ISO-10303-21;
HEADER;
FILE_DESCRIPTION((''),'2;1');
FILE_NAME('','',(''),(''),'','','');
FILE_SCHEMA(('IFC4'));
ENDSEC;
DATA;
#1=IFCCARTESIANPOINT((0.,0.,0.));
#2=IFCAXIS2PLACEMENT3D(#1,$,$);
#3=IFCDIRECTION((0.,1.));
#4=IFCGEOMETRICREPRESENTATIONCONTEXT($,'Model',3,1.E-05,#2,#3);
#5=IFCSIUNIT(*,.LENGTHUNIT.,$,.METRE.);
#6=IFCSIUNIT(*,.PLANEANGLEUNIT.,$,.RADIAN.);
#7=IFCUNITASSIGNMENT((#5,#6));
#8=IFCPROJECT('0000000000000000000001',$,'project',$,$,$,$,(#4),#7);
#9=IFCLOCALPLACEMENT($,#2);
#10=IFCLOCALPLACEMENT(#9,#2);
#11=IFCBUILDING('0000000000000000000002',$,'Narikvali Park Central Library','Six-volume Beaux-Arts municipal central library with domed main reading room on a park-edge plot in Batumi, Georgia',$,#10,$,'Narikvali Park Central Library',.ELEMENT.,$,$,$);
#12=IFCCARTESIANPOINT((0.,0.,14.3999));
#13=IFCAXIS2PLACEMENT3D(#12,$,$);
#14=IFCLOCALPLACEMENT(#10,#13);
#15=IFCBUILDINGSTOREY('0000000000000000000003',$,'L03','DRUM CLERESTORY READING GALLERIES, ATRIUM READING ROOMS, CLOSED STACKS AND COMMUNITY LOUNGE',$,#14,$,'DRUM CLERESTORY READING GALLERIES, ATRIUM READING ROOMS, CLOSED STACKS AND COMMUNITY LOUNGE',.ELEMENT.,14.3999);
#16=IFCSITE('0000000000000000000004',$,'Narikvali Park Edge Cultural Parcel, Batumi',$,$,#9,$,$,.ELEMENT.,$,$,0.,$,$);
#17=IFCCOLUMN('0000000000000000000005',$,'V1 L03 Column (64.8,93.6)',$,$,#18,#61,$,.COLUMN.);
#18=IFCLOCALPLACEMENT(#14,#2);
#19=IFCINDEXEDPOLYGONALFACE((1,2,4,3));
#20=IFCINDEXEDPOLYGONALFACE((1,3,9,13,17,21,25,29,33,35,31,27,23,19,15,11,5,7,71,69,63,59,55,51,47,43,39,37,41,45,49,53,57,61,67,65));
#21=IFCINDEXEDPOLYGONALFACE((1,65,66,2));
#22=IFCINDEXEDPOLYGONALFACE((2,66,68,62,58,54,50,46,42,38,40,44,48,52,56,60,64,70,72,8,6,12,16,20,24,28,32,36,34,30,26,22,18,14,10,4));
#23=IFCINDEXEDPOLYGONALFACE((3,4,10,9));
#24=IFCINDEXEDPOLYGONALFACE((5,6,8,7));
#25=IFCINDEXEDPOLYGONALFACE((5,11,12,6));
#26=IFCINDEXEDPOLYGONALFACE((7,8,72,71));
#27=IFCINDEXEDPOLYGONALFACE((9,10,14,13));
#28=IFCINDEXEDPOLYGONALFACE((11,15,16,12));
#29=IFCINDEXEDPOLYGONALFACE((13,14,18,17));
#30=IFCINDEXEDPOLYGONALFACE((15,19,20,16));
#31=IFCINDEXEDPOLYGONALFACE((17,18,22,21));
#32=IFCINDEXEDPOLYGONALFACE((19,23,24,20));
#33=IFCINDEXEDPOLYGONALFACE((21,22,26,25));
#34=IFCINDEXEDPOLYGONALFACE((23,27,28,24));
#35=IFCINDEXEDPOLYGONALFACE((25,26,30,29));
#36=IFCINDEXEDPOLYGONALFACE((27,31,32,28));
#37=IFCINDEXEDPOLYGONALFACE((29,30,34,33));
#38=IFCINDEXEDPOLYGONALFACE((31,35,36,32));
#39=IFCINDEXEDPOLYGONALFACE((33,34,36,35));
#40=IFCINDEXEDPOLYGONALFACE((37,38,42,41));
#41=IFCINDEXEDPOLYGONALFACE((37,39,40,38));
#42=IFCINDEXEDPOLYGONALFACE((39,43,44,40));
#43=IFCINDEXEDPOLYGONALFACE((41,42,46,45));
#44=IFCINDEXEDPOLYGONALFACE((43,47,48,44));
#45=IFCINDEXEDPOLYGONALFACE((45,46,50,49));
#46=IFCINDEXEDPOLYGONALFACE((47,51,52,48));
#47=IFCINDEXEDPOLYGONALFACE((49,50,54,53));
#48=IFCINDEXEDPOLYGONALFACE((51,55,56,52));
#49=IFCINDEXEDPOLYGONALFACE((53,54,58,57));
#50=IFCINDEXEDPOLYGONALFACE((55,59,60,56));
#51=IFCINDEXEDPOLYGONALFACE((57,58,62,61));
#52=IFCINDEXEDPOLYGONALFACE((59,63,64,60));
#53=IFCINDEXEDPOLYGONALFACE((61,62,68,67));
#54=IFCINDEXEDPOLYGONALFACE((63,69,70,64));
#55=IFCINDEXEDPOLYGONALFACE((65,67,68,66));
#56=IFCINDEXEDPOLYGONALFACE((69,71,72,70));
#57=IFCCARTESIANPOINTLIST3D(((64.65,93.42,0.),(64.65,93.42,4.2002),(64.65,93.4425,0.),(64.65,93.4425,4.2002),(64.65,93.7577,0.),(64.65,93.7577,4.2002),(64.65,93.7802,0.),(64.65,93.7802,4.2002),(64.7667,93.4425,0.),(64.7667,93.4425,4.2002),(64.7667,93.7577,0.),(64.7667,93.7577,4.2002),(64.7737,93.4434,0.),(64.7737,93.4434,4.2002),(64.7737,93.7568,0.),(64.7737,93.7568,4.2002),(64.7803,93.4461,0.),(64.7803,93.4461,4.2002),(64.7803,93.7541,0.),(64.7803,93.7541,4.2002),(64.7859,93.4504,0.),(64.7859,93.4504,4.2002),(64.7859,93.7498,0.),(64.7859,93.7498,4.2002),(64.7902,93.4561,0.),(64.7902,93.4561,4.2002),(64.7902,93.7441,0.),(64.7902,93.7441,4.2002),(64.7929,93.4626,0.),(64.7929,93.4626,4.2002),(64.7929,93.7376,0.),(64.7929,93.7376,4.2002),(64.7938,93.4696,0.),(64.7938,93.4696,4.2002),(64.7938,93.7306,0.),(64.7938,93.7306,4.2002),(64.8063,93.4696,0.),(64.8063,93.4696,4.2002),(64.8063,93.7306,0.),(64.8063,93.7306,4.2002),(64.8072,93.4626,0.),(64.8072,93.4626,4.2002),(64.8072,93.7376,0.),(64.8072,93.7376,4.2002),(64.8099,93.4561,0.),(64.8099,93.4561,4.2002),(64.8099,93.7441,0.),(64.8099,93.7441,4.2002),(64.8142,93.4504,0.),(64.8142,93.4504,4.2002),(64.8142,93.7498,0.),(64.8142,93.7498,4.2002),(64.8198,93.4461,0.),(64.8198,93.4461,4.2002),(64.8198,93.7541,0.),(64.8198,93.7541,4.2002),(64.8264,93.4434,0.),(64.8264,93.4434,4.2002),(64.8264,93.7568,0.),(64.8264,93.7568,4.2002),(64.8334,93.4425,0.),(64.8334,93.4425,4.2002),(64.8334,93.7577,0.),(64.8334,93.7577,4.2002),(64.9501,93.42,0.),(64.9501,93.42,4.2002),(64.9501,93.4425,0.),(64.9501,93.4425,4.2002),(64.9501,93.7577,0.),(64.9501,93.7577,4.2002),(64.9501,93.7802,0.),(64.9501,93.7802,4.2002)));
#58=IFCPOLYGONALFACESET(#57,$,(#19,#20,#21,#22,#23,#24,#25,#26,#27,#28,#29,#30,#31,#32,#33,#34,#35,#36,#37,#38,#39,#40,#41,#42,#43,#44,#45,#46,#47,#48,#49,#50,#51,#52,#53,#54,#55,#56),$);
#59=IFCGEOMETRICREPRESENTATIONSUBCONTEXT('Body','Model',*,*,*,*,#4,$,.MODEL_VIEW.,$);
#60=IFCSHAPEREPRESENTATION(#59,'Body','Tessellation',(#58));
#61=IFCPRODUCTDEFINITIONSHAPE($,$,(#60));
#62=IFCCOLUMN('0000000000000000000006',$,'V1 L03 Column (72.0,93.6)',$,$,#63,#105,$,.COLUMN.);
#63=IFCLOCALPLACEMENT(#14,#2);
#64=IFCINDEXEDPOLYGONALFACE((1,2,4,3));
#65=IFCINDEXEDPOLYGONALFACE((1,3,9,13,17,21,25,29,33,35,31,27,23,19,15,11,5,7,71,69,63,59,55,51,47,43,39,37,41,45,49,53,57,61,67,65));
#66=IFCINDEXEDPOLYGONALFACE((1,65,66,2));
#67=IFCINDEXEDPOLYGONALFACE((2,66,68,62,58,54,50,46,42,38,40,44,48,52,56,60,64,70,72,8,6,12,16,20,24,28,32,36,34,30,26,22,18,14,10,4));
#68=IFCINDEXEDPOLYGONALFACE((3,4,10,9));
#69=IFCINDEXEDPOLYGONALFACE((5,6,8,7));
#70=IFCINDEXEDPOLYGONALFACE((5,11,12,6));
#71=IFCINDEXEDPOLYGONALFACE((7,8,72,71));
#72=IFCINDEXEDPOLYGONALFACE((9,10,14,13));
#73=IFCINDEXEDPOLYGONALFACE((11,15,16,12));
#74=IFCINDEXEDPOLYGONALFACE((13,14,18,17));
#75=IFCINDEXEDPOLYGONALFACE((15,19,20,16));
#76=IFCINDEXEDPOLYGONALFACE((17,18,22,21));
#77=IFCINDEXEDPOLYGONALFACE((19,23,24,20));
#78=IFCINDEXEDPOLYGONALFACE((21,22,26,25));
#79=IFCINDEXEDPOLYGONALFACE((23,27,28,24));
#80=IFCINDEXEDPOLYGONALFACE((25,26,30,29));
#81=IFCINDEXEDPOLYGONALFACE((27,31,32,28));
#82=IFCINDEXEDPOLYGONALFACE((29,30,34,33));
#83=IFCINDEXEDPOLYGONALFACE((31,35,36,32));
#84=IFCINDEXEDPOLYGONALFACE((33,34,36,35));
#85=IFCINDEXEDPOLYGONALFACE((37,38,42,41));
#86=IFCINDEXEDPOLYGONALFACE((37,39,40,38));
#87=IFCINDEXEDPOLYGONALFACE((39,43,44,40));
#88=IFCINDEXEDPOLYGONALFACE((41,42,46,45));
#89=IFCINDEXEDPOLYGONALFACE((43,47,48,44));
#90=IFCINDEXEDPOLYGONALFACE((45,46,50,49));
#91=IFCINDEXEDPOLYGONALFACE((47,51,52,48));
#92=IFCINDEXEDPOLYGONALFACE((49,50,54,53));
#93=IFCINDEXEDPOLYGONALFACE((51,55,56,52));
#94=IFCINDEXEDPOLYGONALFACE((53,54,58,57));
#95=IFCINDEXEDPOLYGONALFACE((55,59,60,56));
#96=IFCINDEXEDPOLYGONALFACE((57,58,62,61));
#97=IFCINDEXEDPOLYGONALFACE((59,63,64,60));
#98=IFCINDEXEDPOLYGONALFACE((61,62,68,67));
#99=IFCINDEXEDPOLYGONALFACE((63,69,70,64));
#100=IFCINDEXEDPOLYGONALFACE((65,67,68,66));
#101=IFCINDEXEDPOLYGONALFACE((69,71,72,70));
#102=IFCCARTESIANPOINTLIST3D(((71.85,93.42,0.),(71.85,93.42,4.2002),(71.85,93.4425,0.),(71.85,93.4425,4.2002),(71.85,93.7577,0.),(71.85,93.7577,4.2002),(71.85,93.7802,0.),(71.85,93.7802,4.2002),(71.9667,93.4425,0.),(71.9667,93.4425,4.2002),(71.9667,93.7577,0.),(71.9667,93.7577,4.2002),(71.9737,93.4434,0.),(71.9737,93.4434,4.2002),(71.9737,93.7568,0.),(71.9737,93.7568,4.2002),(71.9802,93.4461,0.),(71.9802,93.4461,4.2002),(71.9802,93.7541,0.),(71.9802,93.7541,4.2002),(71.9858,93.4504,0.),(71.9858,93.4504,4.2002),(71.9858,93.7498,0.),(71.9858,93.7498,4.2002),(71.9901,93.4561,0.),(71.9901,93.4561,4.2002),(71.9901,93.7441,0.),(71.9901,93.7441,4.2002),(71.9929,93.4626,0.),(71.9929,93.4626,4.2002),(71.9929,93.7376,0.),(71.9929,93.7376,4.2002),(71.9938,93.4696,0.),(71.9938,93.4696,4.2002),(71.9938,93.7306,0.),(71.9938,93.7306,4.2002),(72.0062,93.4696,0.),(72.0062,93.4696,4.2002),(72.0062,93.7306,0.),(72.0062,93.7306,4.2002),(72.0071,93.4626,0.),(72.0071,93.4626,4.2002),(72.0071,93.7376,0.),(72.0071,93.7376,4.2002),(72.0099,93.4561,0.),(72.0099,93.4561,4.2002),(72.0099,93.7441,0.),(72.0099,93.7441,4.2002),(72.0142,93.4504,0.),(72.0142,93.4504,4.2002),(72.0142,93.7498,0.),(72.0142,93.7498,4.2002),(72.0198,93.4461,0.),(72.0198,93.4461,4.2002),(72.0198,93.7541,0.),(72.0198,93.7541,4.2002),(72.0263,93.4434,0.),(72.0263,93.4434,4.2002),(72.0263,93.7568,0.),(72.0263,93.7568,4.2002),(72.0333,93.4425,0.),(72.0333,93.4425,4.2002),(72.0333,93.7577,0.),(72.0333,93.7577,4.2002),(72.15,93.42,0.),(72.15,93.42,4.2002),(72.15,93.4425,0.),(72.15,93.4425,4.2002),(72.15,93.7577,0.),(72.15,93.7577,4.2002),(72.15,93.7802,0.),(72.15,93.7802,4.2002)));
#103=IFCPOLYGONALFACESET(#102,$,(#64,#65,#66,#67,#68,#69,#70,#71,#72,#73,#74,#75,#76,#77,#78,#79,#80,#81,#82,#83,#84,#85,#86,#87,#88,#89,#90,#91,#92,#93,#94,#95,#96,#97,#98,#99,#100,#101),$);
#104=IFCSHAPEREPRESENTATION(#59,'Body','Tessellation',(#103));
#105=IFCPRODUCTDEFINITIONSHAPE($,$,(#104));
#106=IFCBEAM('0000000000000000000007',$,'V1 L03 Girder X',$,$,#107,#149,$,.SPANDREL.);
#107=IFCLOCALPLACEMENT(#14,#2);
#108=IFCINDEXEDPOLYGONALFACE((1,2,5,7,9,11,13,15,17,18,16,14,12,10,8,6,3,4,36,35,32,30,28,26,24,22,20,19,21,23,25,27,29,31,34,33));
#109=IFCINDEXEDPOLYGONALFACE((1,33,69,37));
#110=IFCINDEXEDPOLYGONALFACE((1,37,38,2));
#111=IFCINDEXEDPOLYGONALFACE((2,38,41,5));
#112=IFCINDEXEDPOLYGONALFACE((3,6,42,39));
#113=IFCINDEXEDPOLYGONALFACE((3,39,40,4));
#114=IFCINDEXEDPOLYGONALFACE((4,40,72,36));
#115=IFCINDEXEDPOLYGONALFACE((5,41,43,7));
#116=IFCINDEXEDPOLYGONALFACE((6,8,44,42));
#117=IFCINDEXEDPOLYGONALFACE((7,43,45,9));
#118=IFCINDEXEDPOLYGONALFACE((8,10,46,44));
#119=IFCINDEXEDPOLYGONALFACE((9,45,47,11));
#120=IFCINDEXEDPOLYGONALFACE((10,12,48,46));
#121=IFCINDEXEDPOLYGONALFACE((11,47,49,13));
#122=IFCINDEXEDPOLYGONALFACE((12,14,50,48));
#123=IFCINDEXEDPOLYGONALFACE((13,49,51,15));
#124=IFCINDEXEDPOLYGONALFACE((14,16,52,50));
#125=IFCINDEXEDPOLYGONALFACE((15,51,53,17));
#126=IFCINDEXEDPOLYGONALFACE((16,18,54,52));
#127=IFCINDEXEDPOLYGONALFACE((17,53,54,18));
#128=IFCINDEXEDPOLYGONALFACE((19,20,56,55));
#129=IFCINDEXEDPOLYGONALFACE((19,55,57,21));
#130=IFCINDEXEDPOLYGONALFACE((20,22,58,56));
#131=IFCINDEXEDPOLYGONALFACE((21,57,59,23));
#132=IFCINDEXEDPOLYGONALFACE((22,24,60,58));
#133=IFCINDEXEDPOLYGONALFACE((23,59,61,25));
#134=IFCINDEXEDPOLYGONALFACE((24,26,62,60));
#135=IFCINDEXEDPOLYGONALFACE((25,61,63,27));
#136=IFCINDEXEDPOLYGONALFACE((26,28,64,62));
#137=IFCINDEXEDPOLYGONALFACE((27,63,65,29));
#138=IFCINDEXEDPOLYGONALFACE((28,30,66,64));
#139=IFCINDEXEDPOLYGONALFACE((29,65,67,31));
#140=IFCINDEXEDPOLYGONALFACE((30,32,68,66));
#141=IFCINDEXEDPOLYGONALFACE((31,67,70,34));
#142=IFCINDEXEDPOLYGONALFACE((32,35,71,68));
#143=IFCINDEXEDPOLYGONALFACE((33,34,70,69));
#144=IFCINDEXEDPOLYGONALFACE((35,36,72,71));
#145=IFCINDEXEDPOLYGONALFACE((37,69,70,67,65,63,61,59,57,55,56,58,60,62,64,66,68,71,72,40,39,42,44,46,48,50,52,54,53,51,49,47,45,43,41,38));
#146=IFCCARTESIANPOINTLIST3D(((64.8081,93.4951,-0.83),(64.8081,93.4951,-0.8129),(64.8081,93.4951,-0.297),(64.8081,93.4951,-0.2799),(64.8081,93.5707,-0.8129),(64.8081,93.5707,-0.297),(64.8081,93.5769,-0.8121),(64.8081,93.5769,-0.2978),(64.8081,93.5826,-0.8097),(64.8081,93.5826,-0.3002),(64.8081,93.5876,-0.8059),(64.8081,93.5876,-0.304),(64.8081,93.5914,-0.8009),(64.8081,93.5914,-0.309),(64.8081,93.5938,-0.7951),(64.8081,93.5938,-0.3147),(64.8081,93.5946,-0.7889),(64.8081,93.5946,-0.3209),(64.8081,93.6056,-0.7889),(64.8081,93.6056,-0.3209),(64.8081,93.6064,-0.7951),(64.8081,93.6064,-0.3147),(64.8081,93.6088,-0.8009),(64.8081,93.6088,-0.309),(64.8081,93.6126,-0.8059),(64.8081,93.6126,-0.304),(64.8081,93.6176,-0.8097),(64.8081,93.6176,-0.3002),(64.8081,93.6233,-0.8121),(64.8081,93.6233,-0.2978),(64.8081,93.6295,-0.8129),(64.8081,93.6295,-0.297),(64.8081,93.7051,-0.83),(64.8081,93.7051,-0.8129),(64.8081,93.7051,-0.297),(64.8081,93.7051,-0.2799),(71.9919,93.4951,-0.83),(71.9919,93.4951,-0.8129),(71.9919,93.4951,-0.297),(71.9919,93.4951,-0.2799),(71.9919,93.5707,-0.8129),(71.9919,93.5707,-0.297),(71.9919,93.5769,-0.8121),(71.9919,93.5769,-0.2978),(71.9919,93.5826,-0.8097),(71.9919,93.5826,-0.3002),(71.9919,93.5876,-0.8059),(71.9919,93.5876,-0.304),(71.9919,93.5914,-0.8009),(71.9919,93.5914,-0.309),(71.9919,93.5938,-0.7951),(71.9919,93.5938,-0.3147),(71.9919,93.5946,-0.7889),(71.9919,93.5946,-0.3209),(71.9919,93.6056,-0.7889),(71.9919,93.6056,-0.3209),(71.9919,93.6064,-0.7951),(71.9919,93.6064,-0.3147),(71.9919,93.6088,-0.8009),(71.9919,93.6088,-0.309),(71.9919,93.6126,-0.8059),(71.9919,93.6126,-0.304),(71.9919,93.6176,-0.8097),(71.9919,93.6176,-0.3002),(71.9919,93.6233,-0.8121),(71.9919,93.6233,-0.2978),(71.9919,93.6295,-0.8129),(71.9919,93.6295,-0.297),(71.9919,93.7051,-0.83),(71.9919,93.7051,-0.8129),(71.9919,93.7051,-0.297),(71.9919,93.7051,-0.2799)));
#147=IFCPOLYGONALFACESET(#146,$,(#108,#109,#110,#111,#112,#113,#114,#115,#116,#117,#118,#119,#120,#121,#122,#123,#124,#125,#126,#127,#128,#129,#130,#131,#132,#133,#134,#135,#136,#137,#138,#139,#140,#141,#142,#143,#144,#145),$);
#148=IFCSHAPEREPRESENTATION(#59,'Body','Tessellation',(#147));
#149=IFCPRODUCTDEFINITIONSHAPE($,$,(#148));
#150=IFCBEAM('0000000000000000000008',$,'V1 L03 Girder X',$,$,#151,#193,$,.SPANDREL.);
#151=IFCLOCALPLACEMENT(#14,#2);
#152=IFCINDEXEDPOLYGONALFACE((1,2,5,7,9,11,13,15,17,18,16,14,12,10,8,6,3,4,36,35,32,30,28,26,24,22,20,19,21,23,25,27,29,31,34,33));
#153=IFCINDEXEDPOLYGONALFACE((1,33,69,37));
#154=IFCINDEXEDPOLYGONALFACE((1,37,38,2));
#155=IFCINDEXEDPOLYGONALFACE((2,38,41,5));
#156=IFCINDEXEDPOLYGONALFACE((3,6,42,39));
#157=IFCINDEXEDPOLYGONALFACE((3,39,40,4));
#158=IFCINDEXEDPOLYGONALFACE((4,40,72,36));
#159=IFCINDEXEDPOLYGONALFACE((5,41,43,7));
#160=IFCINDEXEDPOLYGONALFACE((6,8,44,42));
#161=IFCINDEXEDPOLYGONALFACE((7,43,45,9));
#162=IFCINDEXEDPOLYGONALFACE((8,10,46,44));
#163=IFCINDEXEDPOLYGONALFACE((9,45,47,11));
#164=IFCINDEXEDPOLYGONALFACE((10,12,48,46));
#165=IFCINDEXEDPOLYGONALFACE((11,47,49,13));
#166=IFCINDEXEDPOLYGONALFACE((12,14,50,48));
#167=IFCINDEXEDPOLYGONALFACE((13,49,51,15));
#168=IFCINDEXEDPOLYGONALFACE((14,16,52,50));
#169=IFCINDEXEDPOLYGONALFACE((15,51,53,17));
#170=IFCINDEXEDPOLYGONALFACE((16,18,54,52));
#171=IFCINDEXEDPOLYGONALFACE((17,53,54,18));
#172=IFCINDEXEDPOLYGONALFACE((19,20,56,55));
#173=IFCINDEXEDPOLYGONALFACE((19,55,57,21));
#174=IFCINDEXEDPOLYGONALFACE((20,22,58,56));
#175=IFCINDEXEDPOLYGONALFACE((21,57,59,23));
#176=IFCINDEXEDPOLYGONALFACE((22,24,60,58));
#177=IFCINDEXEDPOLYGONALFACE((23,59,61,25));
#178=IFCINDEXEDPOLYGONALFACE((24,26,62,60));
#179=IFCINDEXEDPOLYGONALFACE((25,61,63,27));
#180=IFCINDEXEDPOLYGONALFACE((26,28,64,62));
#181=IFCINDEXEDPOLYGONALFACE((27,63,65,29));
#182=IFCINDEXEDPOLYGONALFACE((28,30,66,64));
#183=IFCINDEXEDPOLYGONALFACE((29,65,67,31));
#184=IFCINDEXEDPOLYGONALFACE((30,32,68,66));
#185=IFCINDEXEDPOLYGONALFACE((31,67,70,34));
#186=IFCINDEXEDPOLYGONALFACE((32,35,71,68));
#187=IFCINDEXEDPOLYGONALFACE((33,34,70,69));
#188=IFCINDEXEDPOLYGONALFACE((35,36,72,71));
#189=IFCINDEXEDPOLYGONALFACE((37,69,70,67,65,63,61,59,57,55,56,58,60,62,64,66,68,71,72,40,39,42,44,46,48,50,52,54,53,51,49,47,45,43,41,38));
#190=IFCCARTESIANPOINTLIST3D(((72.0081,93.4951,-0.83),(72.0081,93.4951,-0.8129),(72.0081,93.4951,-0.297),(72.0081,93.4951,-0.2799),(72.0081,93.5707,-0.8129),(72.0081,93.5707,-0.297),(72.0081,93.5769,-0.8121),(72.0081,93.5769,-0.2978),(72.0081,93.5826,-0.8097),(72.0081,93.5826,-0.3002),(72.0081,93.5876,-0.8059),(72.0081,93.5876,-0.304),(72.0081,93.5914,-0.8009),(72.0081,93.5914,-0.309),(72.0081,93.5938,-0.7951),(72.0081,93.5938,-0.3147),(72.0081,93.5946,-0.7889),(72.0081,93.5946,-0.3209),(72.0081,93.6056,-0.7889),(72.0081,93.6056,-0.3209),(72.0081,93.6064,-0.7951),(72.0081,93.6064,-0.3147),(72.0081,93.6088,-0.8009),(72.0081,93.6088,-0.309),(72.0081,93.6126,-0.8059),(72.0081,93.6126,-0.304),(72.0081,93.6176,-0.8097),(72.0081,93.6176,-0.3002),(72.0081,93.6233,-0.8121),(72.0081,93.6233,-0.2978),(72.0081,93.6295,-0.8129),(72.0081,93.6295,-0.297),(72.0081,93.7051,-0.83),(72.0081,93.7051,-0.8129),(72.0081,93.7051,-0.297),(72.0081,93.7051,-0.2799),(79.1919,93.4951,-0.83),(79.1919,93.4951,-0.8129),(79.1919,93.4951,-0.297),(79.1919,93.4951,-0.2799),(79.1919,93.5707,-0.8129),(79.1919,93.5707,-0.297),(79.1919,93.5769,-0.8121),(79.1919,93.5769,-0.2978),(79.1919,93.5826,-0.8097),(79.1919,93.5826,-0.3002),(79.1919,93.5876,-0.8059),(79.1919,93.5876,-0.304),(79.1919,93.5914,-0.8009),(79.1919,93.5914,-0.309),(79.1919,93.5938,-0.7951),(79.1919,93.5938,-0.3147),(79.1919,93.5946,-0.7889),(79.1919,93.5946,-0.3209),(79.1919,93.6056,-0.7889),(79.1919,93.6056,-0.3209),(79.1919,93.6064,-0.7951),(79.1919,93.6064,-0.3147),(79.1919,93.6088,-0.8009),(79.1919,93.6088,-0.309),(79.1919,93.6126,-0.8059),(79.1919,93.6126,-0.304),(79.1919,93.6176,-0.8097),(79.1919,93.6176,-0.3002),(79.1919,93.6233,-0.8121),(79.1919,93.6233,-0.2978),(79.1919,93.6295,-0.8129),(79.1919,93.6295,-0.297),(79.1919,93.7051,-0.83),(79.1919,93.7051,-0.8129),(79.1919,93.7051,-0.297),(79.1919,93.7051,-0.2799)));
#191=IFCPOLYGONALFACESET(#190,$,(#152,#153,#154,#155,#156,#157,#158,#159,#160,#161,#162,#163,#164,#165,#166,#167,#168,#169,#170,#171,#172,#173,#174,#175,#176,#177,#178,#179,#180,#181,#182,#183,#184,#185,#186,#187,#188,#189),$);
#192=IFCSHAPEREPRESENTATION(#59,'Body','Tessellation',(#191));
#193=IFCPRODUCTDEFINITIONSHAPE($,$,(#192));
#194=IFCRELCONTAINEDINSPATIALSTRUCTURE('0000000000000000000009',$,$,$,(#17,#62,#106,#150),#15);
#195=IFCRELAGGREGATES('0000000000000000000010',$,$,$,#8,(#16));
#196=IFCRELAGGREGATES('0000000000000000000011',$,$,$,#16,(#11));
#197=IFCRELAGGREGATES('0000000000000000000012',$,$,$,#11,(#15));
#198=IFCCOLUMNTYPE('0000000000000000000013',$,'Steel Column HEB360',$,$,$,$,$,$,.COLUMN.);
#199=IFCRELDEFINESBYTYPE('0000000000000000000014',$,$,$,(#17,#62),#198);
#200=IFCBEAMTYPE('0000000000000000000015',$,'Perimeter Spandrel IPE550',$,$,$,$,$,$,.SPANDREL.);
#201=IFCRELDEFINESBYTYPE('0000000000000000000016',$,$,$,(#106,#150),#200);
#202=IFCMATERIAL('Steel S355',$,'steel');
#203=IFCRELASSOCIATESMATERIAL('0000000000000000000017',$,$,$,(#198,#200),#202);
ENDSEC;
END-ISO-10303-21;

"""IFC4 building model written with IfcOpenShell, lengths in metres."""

from ifc_helpers import new_model, si_unit, direction, frame, origin, origin_2d, place, context, subcontext, project, spatial, i_section, extrude, material, material_profile, profile_set, type_object, element, save


model = new_model("IFC4")

# Units and contexts
model_context = context("Model", 3, precision=1e-05, world=origin(), true_north=direction((0.0, 1.0)))
body_context = subcontext(model_context, "Body", "Model", "MODEL_VIEW")
ifc_project = project(units=[si_unit("LENGTHUNIT", "METRE"), si_unit("PLANEANGLEUNIT", "RADIAN")], contexts=[model_context])

# Site, building, storey
site_placement = place(None, origin())
site = spatial("IfcSite", under=ifc_project, at=site_placement, Name="Narikvali Park Edge Cultural Parcel, Batumi", CompositionType="ELEMENT", RefElevation=0.0)
building_placement = place(site_placement, origin())
building = spatial("IfcBuilding", under=site, at=building_placement, Name="Narikvali Park Central Library", Description="Six-volume Beaux-Arts municipal central library with domed main reading room on a park-edge plot in Batumi, Georgia", LongName="Narikvali Park Central Library", CompositionType="ELEMENT")
storey_placement = place(building_placement, frame((0.0, 0.0, 14.3999)))
storey = spatial("IfcBuildingStorey", under=building, at=storey_placement, Name="L03", Description="DRUM CLERESTORY READING GALLERIES, ATRIUM READING ROOMS, CLOSED STACKS AND COMMUNITY LOUNGE", LongName="DRUM CLERESTORY READING GALLERIES, ATRIUM READING ROOMS, CLOSED STACKS AND COMMUNITY LOUNGE", CompositionType="ELEMENT", Elevation=14.3999)

# Columns
ifc_material_1 = material(Name="Steel S355", Category="steel")
ifc_material_profile_1 = material_profile(ifc_material_1, i_section(OverallWidth=0.3, OverallDepth=0.3601, WebThickness=0.0125, FlangeThickness=0.0225, FilletRadius=0.0271, at=origin_2d()), Name="HEB 360")
ifc_profile_set_1 = profile_set([ifc_material_profile_1], Name="Steel S355")
column_type = type_object("IfcColumnType", Name="Steel Column HEB360", PredefinedType="COLUMN", material=ifc_profile_set_1)
for number, where, z_axis, x_axis, name in (
    (1, (64.8, 93.6001, 0.0), (0.0, 0.0, 1.0), (1.0, 0.0, 0.0), "V1 L03 Column (64.8,93.6)"),
    (2, (72.0, 93.6001, 0.0), (0.0, 0.0, 1.0), (1.0, 0.0, 0.0), "V1 L03 Column (72.0,93.6)"),
):
    element("IfcColumn", number, at=place(storey_placement, frame(where, z_axis=z_axis, x_axis=x_axis)), inside=storey, type_object=column_type, Name=name, PredefinedType="COLUMN", context=body_context, shape_type="SweptSolid", body=[
        extrude(i_section(OverallWidth=0.3, OverallDepth=0.3601, WebThickness=0.0125, FlangeThickness=0.0225, FilletRadius=0.0271, at=origin_2d()), origin(), (0.0, 0.0, 1.0), 4.2002),
    ])

# Beams
ifc_material_profile_2 = material_profile(ifc_material_1, i_section(OverallWidth=0.21, OverallDepth=0.55, WebThickness=0.011, FlangeThickness=0.0171, FilletRadius=0.0239, at=origin_2d()), Name="IPE 550")
ifc_profile_set_2 = profile_set([ifc_material_profile_2], Name="Steel S355")
beam_type = type_object("IfcBeamType", Name="Perimeter Spandrel IPE550", PredefinedType="SPANDREL", material=ifc_profile_set_2)
for number, where, z_axis, x_axis, name in (
    (3, (64.8081, 93.6001, -0.5549), (1.0, 0.0, 0.0), (0.0, 1.0, 0.0), "V1 L03 Girder X"),
    (4, (72.0081, 93.6001, -0.5549), (1.0, 0.0, 0.0), (0.0, 1.0, 0.0), "V1 L03 Girder X"),
):
    element("IfcBeam", number, at=place(storey_placement, frame(where, z_axis=z_axis, x_axis=x_axis)), inside=storey, type_object=beam_type, Name=name, PredefinedType="SPANDREL", context=body_context, shape_type="SweptSolid", body=[
        extrude(i_section(OverallWidth=0.21, OverallDepth=0.55, WebThickness=0.011, FlangeThickness=0.0171, FilletRadius=0.0239, at=origin_2d()), origin(), (0.0, 0.0, 1.0), 7.1838),
    ])

save(model, "model.ifc")
